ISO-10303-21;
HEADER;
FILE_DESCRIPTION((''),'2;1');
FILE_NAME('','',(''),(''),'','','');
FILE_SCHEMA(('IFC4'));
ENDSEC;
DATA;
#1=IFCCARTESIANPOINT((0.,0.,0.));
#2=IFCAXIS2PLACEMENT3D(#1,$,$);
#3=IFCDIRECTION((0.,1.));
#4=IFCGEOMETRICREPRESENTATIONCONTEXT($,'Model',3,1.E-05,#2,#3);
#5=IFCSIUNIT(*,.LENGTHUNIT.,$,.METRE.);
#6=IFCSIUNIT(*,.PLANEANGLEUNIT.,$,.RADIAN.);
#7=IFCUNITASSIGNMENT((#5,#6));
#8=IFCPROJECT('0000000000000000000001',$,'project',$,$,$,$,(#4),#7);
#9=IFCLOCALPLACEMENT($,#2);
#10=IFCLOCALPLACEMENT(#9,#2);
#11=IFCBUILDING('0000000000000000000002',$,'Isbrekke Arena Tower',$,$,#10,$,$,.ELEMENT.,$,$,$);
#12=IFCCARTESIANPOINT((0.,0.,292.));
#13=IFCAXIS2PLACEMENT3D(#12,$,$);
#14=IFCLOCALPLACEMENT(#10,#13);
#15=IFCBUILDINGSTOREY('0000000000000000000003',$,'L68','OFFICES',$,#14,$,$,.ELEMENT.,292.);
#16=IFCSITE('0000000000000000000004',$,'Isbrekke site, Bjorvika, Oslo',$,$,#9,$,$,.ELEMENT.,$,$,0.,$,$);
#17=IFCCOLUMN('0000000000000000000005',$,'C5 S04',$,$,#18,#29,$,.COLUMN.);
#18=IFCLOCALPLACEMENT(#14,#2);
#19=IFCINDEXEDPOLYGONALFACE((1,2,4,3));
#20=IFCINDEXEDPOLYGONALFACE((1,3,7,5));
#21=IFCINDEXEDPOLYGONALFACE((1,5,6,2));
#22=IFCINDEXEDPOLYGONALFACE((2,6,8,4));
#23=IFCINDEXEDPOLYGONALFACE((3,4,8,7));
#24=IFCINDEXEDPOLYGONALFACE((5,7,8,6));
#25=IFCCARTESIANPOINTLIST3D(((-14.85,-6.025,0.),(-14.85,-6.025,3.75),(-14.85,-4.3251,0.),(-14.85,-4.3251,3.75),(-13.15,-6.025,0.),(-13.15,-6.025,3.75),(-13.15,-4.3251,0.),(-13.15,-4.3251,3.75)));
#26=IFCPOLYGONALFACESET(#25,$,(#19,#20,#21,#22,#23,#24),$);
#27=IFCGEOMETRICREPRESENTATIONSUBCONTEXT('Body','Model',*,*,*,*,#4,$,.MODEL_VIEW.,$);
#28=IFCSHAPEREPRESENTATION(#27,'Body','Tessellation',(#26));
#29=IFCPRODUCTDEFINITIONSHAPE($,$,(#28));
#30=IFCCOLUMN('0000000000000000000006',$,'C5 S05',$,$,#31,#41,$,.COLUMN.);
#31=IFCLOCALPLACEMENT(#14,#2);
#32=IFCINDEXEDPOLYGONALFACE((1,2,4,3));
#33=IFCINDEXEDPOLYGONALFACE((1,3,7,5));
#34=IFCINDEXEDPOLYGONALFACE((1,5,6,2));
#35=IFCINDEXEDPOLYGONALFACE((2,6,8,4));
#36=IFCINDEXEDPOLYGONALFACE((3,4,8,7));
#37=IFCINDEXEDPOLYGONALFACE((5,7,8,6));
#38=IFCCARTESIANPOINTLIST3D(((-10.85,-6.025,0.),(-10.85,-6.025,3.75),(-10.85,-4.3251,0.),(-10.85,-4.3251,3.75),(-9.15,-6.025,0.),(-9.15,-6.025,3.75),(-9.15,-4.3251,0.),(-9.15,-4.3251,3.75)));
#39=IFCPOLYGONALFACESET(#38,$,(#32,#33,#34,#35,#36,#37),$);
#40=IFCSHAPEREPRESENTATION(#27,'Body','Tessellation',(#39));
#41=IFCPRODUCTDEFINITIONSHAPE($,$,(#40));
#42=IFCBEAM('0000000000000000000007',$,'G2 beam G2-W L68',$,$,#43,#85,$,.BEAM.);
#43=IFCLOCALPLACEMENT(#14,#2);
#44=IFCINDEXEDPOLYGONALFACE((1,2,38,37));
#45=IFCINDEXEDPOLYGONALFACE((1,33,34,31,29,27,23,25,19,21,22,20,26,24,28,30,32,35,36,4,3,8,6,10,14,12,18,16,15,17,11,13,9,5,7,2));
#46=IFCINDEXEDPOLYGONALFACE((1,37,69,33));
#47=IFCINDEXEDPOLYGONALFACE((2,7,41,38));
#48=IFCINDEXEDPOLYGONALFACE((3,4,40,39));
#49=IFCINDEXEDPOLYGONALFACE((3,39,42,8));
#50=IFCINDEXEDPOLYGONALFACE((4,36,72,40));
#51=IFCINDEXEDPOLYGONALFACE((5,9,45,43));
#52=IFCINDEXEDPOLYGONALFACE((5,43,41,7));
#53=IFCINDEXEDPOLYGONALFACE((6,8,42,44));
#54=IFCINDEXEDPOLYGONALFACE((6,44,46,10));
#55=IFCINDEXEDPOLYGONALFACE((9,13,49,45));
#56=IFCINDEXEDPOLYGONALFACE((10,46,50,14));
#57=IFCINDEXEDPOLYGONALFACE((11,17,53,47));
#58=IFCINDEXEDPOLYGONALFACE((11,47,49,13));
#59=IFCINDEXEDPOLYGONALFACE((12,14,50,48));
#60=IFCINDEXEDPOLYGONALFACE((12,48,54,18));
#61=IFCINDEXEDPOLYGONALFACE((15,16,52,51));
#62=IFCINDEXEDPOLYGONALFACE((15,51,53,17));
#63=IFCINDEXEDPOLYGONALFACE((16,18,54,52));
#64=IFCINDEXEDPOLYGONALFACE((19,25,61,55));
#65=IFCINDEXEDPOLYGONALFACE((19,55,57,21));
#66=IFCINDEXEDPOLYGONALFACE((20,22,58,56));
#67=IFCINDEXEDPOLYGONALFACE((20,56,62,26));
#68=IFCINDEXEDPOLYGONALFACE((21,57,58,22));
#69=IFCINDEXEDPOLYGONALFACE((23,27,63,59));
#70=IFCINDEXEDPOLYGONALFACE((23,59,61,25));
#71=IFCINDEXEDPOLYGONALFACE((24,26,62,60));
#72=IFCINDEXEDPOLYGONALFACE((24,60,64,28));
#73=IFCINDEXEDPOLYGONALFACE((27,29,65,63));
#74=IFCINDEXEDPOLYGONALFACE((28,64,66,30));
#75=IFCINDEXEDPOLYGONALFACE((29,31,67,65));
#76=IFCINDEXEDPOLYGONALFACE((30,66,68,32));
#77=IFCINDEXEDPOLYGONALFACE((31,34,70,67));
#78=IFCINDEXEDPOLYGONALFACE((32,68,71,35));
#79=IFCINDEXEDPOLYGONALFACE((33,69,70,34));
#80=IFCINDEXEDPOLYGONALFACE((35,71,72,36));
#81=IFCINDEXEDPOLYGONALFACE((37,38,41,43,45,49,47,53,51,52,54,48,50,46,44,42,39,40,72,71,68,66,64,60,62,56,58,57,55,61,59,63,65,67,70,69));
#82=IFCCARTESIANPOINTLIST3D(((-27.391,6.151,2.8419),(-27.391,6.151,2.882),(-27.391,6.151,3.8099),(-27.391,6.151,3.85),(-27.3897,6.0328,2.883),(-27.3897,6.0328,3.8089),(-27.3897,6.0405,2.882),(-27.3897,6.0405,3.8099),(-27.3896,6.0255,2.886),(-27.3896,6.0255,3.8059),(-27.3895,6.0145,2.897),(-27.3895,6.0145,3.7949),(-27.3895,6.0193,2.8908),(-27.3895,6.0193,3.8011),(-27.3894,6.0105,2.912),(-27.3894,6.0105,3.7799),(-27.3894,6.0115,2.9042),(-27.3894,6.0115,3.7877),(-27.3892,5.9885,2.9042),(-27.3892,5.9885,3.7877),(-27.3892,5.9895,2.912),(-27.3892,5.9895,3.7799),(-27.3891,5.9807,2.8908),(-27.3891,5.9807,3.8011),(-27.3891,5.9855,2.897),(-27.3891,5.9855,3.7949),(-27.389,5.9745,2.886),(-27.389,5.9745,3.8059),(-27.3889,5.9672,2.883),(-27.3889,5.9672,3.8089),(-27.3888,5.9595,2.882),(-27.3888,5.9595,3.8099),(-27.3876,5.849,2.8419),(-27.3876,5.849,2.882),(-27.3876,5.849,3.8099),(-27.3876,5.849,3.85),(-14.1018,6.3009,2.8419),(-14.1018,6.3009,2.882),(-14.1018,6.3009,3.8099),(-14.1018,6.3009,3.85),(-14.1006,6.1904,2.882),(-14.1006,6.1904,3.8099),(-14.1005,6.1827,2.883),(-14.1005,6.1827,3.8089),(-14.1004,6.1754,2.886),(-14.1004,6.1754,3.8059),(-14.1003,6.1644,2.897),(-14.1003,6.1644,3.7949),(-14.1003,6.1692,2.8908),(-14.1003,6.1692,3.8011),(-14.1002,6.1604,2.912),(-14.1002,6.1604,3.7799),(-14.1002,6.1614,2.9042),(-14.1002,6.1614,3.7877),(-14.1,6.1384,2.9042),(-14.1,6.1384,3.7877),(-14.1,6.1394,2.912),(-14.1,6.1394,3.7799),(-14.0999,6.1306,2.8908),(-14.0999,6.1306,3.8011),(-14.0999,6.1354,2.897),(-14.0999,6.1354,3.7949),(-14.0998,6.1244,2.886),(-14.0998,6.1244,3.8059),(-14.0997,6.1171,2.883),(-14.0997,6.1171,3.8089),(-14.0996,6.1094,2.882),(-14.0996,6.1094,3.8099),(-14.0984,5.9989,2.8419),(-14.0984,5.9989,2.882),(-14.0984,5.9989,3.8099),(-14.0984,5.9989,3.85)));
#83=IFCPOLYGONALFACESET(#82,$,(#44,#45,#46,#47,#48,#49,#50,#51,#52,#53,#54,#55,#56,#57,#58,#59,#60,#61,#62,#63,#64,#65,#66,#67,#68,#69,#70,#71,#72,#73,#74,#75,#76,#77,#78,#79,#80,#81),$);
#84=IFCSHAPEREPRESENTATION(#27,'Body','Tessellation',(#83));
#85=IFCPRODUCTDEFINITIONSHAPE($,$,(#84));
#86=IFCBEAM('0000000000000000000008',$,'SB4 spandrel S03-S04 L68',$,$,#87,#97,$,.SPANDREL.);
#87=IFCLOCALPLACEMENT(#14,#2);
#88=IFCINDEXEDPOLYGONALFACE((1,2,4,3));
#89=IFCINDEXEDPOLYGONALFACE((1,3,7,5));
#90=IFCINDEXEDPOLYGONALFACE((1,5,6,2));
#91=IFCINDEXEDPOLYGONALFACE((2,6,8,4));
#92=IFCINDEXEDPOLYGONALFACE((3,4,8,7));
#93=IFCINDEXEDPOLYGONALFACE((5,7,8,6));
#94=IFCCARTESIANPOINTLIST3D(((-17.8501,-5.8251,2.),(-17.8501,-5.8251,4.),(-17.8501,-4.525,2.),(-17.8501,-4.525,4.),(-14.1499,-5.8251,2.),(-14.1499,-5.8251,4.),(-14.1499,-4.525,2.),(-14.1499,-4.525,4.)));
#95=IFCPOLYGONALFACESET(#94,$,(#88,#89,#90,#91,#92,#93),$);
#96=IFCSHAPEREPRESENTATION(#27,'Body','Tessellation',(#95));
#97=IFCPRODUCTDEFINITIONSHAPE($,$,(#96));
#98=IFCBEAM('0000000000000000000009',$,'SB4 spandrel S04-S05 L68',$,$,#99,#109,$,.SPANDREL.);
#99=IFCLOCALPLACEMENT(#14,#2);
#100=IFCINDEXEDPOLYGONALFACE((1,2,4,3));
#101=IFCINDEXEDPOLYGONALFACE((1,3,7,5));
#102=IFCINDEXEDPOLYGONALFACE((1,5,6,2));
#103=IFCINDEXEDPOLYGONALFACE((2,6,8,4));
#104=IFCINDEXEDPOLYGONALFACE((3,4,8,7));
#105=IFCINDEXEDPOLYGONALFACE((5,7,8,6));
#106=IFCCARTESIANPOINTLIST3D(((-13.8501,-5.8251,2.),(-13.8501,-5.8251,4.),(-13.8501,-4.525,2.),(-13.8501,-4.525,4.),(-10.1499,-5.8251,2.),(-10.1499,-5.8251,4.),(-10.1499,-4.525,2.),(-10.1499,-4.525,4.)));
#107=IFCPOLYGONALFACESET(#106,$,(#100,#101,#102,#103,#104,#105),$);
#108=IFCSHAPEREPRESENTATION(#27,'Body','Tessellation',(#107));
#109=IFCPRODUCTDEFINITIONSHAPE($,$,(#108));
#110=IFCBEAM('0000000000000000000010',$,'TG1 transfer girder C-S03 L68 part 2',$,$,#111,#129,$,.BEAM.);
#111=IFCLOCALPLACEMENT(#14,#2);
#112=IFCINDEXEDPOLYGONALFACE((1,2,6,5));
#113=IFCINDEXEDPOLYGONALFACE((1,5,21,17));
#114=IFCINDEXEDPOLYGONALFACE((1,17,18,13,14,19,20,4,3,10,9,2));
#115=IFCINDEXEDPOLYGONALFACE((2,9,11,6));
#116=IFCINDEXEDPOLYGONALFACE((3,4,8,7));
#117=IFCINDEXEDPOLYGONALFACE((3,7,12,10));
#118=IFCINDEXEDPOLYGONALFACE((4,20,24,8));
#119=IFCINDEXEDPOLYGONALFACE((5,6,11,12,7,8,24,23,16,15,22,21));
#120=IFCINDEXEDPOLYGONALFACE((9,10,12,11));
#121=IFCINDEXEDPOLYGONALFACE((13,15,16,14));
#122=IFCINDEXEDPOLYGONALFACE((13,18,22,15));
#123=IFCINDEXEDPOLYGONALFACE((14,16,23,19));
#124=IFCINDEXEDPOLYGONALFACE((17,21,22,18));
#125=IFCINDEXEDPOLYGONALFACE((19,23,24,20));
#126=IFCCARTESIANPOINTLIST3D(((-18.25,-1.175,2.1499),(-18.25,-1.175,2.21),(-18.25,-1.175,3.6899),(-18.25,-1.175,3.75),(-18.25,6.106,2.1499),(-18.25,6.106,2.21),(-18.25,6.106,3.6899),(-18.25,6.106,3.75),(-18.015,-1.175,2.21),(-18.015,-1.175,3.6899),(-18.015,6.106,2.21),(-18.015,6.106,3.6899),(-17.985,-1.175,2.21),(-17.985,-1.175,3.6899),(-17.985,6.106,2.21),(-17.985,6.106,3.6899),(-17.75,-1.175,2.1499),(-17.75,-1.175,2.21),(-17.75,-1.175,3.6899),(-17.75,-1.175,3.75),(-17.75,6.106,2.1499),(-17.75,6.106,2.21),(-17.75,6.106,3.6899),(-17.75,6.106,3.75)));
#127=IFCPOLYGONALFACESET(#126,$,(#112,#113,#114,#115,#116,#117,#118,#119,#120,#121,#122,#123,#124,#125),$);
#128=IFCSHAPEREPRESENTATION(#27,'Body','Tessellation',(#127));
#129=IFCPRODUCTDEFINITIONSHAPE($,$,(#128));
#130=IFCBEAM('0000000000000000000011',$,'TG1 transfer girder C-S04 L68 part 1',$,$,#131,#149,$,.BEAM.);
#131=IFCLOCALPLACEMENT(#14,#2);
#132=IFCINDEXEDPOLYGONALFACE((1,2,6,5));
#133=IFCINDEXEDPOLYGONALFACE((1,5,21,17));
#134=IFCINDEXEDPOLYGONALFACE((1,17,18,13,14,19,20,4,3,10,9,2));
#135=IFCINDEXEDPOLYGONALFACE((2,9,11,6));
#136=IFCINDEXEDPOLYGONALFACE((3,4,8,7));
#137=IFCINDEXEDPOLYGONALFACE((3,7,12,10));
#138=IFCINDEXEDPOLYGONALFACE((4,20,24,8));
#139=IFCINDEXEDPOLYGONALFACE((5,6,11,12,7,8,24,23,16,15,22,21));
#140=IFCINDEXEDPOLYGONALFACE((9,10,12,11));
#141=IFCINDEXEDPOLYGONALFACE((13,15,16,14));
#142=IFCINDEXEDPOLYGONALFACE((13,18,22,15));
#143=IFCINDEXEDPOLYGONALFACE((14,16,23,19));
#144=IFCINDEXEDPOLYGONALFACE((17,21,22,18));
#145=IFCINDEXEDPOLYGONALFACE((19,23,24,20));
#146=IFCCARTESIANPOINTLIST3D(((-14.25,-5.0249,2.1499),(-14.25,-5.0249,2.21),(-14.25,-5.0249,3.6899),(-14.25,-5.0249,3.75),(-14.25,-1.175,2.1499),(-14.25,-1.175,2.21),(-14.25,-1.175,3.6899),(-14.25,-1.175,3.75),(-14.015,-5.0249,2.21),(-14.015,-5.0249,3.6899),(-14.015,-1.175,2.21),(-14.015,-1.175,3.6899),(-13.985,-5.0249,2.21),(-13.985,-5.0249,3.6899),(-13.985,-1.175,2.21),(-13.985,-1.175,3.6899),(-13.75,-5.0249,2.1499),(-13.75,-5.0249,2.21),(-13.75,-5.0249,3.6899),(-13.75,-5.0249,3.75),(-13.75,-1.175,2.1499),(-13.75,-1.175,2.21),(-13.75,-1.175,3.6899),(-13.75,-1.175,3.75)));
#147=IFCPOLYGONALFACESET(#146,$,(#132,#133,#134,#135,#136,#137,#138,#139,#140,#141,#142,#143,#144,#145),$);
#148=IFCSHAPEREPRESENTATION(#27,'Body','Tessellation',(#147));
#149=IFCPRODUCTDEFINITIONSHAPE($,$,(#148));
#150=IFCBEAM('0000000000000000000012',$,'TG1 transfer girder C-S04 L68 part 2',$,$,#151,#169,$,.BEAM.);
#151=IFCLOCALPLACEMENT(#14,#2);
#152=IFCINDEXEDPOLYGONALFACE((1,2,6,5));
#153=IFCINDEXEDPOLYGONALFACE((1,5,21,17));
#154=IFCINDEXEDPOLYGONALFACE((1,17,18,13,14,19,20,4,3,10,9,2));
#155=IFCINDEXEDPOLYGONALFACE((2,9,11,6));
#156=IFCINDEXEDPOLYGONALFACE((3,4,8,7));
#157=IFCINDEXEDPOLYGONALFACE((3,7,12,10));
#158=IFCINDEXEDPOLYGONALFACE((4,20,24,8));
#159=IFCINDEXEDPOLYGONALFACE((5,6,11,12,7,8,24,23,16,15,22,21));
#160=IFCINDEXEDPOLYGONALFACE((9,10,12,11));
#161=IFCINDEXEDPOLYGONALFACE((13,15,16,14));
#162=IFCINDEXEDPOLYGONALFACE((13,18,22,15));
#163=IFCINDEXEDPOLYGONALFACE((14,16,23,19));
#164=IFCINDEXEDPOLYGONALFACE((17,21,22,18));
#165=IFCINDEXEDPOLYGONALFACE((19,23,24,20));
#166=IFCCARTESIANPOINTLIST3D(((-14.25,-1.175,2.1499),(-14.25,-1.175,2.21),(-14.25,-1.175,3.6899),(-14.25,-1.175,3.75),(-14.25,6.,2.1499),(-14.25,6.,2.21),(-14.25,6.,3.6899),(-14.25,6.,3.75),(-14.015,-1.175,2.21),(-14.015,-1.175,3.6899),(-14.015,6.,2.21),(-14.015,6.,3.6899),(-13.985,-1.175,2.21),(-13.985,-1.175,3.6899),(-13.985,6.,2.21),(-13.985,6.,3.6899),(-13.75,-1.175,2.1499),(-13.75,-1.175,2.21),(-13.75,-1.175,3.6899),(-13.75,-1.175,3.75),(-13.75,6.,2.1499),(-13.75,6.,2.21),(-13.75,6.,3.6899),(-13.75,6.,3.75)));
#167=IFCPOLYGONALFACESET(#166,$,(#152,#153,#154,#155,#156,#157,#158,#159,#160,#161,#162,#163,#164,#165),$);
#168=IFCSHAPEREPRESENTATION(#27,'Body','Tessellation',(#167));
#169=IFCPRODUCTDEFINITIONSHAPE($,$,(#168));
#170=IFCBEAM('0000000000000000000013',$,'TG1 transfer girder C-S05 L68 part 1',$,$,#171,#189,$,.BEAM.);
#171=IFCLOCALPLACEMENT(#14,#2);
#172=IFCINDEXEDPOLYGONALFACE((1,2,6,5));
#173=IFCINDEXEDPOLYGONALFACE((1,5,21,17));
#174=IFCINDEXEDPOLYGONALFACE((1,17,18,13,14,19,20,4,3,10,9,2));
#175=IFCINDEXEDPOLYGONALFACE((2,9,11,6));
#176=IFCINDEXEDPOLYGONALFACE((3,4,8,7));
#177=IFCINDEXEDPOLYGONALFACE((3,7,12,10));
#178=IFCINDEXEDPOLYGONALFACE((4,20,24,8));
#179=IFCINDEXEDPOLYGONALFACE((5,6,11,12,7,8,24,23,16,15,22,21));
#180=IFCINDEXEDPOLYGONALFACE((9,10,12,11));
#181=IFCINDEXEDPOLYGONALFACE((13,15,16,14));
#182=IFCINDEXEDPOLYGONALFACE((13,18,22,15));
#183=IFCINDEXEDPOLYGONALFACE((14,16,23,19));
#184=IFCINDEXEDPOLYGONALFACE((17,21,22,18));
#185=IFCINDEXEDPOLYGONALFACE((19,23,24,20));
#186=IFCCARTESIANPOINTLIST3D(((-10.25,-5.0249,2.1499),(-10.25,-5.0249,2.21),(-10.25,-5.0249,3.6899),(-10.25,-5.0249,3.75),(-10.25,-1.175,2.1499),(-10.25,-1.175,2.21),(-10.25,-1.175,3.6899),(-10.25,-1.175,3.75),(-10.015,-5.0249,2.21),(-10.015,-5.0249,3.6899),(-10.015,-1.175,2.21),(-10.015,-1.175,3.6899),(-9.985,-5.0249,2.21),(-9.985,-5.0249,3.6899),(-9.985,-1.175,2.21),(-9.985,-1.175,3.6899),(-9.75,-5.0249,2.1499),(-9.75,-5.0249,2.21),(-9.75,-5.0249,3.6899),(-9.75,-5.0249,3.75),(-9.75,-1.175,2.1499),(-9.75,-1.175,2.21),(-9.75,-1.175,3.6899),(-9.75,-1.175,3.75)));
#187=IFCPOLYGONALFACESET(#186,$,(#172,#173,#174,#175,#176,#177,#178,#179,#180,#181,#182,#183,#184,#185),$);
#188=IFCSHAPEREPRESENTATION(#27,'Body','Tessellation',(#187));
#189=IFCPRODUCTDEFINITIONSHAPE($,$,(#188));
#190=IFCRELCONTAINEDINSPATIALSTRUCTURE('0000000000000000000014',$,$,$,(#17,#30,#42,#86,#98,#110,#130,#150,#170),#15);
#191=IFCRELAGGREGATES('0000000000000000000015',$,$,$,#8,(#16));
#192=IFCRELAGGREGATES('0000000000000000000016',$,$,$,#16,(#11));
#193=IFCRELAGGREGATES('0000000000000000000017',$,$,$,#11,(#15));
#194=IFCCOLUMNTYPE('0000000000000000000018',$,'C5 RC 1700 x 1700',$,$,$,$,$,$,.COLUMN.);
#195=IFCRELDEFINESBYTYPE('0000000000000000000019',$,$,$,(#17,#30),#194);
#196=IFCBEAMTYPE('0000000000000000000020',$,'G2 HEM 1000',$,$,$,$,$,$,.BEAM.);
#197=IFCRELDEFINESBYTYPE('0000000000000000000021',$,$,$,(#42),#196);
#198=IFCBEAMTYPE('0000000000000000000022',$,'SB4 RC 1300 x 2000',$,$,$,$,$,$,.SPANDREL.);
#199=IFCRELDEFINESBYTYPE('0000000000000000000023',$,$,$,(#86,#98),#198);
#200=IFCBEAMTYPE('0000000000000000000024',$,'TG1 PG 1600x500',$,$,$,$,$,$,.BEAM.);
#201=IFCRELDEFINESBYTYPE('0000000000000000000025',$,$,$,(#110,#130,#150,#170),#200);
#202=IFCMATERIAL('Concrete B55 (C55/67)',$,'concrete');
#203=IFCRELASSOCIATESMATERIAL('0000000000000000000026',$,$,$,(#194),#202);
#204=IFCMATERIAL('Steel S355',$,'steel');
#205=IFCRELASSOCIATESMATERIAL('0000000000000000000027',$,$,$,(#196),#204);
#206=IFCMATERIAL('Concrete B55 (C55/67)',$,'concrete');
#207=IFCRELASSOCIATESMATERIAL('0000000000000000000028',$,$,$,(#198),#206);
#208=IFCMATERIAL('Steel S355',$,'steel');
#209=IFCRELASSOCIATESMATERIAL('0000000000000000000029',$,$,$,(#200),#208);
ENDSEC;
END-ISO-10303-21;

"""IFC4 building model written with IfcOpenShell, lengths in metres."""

from ifc_helpers import new_model, si_unit, direction, frame, origin, origin_2d, place, context, subcontext, project, spatial, rectangle, i_section, extrude, material, material_profile, profile_set, type_object, element, save


model = new_model("IFC4")

# Units and contexts
model_context = context("Model", 3, precision=1e-05, world=origin(), true_north=direction((0.0, 1.0)))
body_context = subcontext(model_context, "Body", "Model", "MODEL_VIEW")
ifc_project = project(units=[si_unit("LENGTHUNIT", "METRE"), si_unit("PLANEANGLEUNIT", "RADIAN")], contexts=[model_context])

# Site, building, storey
site_placement = place(None, origin())
site = spatial("IfcSite", under=ifc_project, at=site_placement, Name="Isbrekke site, Bjorvika, Oslo", CompositionType="ELEMENT", RefElevation=0.0)
building_placement = place(site_placement, origin())
building = spatial("IfcBuilding", under=site, at=building_placement, Name="Isbrekke Arena Tower", CompositionType="ELEMENT")
storey_placement = place(building_placement, frame((0.0, 0.0, 292.0)))
storey = spatial("IfcBuildingStorey", under=building, at=storey_placement, Name="L68", Description="OFFICES", CompositionType="ELEMENT", Elevation=292.0)

# Columns
ifc_material_1 = material(Name="Concrete B55 (C55/67)", Category="concrete")
ifc_material_profile_1 = material_profile(ifc_material_1, rectangle(XDim=1.7, YDim=1.7, at=origin_2d()), Name="RC 1700x1700")
ifc_profile_set_1 = profile_set([ifc_material_profile_1], Name="Concrete B55 (C55/67)")
column_type = type_object("IfcColumnType", Name="C5 RC 1700 x 1700", PredefinedType="COLUMN", material=ifc_profile_set_1)
for number, where, z_axis, x_axis, name in (
    (1, (-14.0, -5.175, 0.0), (0.0, 0.0, 1.0), (1.0, 0.0, 0.0), "C5 S04"),
    (2, (-10.0, -5.175, 0.0), (0.0, 0.0, 1.0), (1.0, 0.0, 0.0), "C5 S05"),
):
    element("IfcColumn", number, at=place(storey_placement, frame(where, z_axis=z_axis, x_axis=x_axis)), inside=storey, type_object=column_type, Name=name, PredefinedType="COLUMN", context=body_context, shape_type="SweptSolid", body=[
        extrude(rectangle(XDim=1.7, YDim=1.7, at=origin_2d()), origin(), (0.0, 0.0, 1.0), 3.75),
    ])

# Beams
ifc_material_2 = material(Name="Steel S355", Category="steel")
ifc_material_profile_2 = material_profile(ifc_material_2, i_section(OverallWidth=0.302, OverallDepth=1.0081, WebThickness=0.021, FlangeThickness=0.04, FilletRadius=0.03, at=origin_2d()), Name="HEM 1000")
ifc_profile_set_2 = profile_set([ifc_material_profile_2], Name="Steel S355")
beam_type_1 = type_object("IfcBeamType", Name="G2 HEM 1000", PredefinedType="BEAM", material=ifc_profile_set_2)
beam_1_placement = place(storey_placement, frame((-14.1001, 6.1499, 3.3459), z_axis=(-0.999936, -0.011279, 0.0), x_axis=(0.011279, -0.999936, 0.0)))
element("IfcBeam", 3, at=beam_1_placement, inside=storey, type_object=beam_type_1, Name="G2 beam G2-W L68", PredefinedType="BEAM", context=body_context, shape_type="SweptSolid", body=[
    extrude(i_section(OverallWidth=0.302, OverallDepth=1.0081, WebThickness=0.021, FlangeThickness=0.04, FilletRadius=0.03, at=origin_2d()), origin(), (0.0, 0.0, 1.0), 13.29),
])
ifc_material_3 = material(Name="Concrete B55 (C55/67)", Category="concrete")
ifc_material_profile_3 = material_profile(ifc_material_3, rectangle(XDim=1.3, YDim=2.0, at=origin_2d()), Name="RC 1300x2000")
ifc_profile_set_3 = profile_set([ifc_material_profile_3], Name="Concrete B55 (C55/67)")
beam_type_2 = type_object("IfcBeamType", Name="SB4 RC 1300 x 2000", PredefinedType="SPANDREL", material=ifc_profile_set_3)
for number, where, z_axis, x_axis, name in (
    (4, (-17.8501, -5.175, 3.0), (1.0, 0.0, 0.0), (0.0, 1.0, 0.0), "SB4 spandrel S03-S04 L68"),
    (5, (-13.8501, -5.175, 3.0), (1.0, 0.0, 0.0), (0.0, 1.0, 0.0), "SB4 spandrel S04-S05 L68"),
):
    element("IfcBeam", number, at=place(storey_placement, frame(where, z_axis=z_axis, x_axis=x_axis)), inside=storey, type_object=beam_type_2, Name=name, PredefinedType="SPANDREL", context=body_context, shape_type="SweptSolid", body=[
        extrude(rectangle(XDim=1.3, YDim=2.0, at=origin_2d()), origin(), (0.0, 0.0, 1.0), 3.7002),
    ])
ifc_material_4 = material(Name="Steel S355", Category="steel")
ifc_material_profile_4 = material_profile(ifc_material_4, i_section(OverallWidth=0.5, OverallDepth=1.6001, WebThickness=0.03, FlangeThickness=0.0601, at=origin_2d()), Name="PG 1600x500")
ifc_profile_set_4 = profile_set([ifc_material_profile_4], Name="Steel S355")
beam_type_3 = type_object("IfcBeamType", Name="TG1 PG 1600x500", PredefinedType="BEAM", material=ifc_profile_set_4)
beam_2_placement = place(storey_placement, frame((-18.0, -1.175, 2.95), z_axis=(0.0, 1.0, 0.0), x_axis=(-1.0, 0.0, 0.0)))
element("IfcBeam", 6, at=beam_2_placement, inside=storey, type_object=beam_type_3, Name="TG1 transfer girder C-S03 L68 part 2", PredefinedType="BEAM", context=body_context, shape_type="SweptSolid", body=[
    extrude(i_section(OverallWidth=0.5, OverallDepth=1.6001, WebThickness=0.03, FlangeThickness=0.0601, at=origin_2d()), origin(), (0.0, 0.0, 1.0), 7.281),
])
beam_3_placement = place(storey_placement, frame((-14.0, -5.0249, 2.95), z_axis=(0.0, 1.0, 0.0), x_axis=(-1.0, 0.0, 0.0)))
element("IfcBeam", 7, at=beam_3_placement, inside=storey, type_object=beam_type_3, Name="TG1 transfer girder C-S04 L68 part 1", PredefinedType="BEAM", context=body_context, shape_type="SweptSolid", body=[
    extrude(i_section(OverallWidth=0.5, OverallDepth=1.6001, WebThickness=0.03, FlangeThickness=0.0601, at=origin_2d()), origin(), (0.0, 0.0, 1.0), 3.8499),
])
beam_4_placement = place(storey_placement, frame((-14.0, -1.175, 2.95), z_axis=(0.0, 1.0, 0.0), x_axis=(-1.0, 0.0, 0.0)))
element("IfcBeam", 8, at=beam_4_placement, inside=storey, type_object=beam_type_3, Name="TG1 transfer girder C-S04 L68 part 2", PredefinedType="BEAM", context=body_context, shape_type="SweptSolid", body=[
    extrude(i_section(OverallWidth=0.5, OverallDepth=1.6001, WebThickness=0.03, FlangeThickness=0.0601, at=origin_2d()), origin(), (0.0, 0.0, 1.0), 7.175),
])
beam_5_placement = place(storey_placement, frame((-10.0, -5.0249, 2.95), z_axis=(0.0, 1.0, 0.0), x_axis=(-1.0, 0.0, 0.0)))
element("IfcBeam", 9, at=beam_5_placement, inside=storey, type_object=beam_type_3, Name="TG1 transfer girder C-S05 L68 part 1", PredefinedType="BEAM", context=body_context, shape_type="SweptSolid", body=[
    extrude(i_section(OverallWidth=0.5, OverallDepth=1.6001, WebThickness=0.03, FlangeThickness=0.0601, at=origin_2d()), origin(), (0.0, 0.0, 1.0), 3.8499),
])

save(model, "model.ifc")
